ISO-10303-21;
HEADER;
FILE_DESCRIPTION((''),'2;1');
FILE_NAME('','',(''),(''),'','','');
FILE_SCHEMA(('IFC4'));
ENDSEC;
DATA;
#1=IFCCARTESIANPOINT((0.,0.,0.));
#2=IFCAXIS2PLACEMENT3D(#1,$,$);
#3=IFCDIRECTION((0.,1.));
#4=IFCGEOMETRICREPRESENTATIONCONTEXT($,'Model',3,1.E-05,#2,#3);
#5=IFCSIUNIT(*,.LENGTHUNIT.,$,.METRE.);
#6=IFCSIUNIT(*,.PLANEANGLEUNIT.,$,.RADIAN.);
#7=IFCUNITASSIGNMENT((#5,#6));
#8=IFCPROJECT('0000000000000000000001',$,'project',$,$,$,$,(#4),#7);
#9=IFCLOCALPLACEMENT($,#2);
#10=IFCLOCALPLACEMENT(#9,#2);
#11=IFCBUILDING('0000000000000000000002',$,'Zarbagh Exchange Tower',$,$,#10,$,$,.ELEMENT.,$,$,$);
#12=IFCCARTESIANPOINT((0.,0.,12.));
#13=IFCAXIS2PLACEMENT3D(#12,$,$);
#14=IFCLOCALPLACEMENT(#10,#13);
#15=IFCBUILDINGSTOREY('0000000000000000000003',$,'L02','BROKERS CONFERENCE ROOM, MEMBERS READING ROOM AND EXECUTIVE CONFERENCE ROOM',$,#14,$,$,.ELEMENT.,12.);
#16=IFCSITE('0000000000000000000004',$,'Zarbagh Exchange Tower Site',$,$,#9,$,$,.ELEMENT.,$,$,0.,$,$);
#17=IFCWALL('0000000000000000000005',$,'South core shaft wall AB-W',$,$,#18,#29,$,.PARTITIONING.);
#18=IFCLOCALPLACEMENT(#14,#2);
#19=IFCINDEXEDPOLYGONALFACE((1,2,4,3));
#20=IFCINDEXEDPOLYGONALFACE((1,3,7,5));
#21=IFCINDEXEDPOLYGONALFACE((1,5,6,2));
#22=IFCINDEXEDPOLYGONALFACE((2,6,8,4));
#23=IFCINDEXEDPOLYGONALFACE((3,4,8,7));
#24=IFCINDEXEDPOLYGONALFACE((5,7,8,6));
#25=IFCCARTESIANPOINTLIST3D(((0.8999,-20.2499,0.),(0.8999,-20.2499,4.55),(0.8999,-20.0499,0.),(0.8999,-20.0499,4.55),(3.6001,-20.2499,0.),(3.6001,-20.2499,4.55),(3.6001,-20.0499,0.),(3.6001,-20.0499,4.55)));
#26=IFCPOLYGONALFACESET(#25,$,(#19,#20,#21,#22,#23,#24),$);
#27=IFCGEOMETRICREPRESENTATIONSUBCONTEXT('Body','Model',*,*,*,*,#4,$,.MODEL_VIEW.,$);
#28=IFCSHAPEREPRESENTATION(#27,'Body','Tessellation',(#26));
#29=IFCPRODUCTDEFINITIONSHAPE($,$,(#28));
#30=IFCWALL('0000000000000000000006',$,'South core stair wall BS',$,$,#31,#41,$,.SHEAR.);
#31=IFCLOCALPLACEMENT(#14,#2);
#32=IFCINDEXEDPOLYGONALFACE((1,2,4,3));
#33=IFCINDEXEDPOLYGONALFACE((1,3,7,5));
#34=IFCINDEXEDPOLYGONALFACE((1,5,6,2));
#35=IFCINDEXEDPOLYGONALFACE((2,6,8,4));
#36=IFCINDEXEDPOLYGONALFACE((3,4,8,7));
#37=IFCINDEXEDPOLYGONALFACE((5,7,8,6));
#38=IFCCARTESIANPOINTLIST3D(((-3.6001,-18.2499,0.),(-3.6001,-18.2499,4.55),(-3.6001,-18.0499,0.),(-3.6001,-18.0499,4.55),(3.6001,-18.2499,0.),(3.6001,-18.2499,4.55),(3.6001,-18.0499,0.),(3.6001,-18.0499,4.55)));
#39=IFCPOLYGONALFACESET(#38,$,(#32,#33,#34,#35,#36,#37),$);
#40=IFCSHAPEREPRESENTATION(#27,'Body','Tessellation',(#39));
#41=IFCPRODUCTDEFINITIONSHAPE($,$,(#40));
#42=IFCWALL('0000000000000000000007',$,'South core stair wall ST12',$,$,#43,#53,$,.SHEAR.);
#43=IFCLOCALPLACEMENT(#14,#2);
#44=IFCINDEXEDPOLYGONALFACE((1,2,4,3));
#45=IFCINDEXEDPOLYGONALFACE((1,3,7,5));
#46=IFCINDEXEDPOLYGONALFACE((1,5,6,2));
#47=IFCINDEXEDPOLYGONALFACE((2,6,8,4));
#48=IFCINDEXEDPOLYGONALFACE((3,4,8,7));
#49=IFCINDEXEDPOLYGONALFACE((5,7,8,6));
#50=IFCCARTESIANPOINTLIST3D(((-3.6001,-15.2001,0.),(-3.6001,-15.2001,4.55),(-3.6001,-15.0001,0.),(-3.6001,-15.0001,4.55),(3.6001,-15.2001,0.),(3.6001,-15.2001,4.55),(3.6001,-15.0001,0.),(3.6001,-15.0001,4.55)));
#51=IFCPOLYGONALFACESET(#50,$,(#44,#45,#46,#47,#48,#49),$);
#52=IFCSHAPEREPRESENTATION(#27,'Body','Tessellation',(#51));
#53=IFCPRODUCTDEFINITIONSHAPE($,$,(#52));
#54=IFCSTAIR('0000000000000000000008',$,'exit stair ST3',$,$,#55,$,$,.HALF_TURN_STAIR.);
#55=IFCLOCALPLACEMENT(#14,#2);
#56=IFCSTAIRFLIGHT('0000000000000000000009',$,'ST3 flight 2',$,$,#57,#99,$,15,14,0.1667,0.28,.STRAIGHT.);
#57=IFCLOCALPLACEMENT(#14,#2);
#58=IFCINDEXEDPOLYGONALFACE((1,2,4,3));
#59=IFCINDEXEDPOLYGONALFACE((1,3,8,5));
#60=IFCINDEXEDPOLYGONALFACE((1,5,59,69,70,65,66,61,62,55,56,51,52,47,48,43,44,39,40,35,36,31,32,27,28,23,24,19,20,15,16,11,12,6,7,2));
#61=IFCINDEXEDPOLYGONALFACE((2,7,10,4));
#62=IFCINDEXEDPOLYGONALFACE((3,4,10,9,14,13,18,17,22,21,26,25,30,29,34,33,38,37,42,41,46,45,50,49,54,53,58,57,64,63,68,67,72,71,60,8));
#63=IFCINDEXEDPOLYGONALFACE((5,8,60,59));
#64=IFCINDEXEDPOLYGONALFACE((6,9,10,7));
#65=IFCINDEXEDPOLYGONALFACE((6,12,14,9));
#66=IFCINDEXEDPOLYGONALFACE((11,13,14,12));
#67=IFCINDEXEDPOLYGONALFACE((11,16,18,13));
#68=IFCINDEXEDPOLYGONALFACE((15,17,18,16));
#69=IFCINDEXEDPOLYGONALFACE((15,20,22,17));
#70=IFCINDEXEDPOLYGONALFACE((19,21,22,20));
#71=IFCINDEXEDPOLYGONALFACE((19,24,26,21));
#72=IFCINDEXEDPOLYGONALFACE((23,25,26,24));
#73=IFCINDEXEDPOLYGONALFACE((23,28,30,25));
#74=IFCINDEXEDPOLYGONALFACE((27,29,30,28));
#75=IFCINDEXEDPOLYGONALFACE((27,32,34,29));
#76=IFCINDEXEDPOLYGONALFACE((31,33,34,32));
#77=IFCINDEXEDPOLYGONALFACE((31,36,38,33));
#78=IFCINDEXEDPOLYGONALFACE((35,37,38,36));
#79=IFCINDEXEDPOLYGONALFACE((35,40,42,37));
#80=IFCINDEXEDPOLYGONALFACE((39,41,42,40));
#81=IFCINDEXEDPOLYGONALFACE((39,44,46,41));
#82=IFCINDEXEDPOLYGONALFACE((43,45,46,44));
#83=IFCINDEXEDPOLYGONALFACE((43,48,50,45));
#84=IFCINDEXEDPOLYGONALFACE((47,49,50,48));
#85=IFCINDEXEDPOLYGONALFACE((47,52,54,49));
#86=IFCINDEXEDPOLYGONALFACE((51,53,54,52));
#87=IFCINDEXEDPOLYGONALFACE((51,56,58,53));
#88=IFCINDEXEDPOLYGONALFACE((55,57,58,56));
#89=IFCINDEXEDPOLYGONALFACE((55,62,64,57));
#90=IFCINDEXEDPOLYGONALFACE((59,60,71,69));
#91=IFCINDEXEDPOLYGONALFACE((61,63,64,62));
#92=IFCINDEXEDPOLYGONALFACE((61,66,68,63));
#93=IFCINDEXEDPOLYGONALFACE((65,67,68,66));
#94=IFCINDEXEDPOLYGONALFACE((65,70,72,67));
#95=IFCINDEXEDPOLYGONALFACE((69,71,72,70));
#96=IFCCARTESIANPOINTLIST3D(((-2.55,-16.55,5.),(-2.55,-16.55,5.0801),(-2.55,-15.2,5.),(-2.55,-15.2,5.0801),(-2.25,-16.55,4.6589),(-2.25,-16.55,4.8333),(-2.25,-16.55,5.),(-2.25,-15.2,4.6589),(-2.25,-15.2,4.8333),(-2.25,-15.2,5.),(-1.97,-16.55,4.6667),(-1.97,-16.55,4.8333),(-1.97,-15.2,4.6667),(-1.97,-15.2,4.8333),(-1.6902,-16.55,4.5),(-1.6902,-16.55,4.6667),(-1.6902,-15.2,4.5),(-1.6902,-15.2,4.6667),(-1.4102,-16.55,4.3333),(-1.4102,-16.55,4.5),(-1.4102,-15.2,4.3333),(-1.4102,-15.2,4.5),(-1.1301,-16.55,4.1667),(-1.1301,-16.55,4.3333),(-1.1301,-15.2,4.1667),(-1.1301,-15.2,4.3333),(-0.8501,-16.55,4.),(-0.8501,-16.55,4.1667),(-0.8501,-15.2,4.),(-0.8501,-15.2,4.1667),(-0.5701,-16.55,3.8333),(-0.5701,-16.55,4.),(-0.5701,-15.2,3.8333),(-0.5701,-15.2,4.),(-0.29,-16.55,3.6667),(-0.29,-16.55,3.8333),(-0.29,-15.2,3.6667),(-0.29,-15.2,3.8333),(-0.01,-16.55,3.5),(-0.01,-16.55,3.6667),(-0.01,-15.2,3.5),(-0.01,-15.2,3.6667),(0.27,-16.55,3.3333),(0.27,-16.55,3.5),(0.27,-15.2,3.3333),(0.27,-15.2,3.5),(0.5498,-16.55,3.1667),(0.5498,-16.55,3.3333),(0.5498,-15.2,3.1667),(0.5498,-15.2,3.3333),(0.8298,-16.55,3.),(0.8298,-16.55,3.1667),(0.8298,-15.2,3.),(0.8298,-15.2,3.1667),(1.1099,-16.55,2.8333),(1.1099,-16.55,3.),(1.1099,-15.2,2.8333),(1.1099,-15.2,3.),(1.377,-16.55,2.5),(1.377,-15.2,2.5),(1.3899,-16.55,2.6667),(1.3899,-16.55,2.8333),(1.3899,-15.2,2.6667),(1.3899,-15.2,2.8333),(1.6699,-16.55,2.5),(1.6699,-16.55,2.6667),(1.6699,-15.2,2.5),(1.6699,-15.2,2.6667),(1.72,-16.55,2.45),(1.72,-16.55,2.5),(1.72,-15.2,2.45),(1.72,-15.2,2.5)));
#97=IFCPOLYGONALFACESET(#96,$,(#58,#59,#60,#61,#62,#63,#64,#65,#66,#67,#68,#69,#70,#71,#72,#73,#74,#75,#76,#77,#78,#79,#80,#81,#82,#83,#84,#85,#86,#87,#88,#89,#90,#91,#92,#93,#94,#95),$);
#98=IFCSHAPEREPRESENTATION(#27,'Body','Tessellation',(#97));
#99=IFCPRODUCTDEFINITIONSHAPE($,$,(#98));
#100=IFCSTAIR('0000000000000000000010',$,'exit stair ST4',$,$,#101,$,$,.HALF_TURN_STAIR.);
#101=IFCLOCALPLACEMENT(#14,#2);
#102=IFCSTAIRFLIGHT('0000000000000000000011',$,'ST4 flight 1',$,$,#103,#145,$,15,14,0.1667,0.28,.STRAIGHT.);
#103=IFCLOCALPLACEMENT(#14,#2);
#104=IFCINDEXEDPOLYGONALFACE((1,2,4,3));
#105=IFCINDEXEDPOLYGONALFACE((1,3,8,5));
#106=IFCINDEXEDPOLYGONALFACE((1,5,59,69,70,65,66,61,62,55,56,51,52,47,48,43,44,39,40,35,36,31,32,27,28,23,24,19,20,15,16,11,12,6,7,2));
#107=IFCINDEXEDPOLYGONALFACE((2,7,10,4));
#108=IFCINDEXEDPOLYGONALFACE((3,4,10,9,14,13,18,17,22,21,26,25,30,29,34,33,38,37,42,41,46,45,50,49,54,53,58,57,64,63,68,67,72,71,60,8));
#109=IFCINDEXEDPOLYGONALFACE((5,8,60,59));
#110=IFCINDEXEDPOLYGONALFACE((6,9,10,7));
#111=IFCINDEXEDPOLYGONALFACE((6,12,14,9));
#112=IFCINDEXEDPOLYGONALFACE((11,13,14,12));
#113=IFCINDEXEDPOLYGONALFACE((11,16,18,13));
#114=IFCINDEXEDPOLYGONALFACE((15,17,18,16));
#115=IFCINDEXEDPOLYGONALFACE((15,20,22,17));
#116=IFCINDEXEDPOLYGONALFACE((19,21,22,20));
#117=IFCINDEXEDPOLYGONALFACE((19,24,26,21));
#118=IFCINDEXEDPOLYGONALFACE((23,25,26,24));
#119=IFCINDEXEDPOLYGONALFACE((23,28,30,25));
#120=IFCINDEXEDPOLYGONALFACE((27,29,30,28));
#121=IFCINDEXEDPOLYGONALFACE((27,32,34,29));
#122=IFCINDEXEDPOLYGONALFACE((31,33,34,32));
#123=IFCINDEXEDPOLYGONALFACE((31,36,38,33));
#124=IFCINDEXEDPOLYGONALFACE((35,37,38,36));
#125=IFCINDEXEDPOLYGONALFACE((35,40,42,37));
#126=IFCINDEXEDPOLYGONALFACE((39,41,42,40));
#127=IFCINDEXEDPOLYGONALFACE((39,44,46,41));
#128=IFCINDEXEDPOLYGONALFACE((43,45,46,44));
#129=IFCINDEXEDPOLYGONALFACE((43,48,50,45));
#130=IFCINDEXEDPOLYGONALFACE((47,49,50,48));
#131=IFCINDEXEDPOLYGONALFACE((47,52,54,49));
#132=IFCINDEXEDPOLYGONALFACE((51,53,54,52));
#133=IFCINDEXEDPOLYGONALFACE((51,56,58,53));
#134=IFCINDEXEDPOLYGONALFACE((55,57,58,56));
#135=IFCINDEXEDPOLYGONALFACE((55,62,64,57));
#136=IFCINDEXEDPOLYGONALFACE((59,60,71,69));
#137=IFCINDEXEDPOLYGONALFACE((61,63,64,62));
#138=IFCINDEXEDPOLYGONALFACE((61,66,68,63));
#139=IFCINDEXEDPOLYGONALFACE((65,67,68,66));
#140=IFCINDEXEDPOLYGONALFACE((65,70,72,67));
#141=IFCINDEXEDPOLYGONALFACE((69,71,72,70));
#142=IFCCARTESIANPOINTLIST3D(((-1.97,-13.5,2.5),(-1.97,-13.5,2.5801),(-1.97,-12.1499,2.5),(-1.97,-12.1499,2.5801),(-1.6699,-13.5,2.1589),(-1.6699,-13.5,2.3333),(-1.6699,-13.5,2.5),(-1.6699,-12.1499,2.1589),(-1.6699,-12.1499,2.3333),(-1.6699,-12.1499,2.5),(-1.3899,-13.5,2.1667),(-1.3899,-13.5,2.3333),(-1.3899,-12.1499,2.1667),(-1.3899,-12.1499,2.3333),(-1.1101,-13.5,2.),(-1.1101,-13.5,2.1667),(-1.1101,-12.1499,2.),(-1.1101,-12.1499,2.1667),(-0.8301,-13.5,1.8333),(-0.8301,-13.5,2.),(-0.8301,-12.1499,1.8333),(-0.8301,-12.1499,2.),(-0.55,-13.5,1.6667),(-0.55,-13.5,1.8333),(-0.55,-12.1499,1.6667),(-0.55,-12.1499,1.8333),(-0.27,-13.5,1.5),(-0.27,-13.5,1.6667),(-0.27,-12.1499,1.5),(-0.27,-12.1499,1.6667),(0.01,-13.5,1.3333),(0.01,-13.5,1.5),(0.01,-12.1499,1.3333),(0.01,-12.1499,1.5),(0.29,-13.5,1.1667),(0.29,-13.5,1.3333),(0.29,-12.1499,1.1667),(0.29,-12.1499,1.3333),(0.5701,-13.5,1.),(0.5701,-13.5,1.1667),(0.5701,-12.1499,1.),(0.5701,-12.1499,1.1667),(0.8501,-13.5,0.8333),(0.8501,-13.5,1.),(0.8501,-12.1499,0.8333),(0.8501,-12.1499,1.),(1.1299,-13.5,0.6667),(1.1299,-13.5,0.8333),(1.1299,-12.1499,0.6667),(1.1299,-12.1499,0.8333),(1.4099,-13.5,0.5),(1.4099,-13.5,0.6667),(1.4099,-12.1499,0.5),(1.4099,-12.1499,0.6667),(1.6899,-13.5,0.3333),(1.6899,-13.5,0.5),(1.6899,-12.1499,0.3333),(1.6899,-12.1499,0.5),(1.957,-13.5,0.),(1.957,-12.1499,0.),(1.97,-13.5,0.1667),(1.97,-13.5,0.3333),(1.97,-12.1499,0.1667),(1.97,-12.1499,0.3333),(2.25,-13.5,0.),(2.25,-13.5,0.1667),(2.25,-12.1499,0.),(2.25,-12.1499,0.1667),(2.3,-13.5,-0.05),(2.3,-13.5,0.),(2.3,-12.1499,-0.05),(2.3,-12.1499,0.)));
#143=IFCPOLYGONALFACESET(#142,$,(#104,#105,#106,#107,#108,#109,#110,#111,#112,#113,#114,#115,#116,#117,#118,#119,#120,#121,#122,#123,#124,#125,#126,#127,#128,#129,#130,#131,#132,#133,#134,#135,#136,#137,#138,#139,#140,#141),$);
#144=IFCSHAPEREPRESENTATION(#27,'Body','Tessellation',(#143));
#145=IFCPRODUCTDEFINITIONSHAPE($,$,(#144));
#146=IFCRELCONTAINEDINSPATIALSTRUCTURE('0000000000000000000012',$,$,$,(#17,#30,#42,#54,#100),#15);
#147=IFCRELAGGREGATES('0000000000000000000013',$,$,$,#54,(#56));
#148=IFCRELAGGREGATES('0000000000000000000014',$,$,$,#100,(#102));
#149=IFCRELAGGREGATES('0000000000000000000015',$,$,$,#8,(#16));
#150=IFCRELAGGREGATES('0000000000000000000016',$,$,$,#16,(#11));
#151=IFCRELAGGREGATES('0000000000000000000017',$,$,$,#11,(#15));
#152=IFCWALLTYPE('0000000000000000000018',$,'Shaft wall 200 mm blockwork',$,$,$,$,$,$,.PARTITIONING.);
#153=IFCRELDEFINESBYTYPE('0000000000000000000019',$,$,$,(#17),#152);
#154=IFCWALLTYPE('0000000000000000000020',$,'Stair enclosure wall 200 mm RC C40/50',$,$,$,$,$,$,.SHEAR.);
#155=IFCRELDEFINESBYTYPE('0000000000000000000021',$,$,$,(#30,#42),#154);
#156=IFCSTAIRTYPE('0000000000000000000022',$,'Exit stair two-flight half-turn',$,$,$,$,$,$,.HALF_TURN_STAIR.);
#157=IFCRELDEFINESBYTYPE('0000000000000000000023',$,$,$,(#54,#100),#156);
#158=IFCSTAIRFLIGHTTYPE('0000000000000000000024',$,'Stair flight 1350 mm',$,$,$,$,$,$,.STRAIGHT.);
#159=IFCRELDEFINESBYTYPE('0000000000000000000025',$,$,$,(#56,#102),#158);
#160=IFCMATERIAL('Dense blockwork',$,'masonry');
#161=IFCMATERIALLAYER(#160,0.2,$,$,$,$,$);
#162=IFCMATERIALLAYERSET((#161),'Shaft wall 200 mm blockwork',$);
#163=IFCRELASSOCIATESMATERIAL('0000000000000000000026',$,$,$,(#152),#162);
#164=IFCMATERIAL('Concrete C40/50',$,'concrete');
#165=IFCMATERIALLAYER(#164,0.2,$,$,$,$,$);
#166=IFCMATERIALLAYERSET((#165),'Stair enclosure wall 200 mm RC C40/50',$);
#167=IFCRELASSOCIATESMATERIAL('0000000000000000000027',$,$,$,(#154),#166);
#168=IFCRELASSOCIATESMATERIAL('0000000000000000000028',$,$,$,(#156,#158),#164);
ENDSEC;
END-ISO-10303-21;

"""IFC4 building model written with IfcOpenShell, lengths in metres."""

from ifc_helpers import new_model, si_unit, direction, frame, frame_2d, origin, place, context, subcontext, project, spatial, polyline, rectangle, outline, extrude, material, layer, layer_set, type_object, element, aggregate, save


model = new_model("IFC4")

# Units and contexts
model_context = context("Model", 3, precision=1e-05, world=origin(), true_north=direction((0.0, 1.0)))
body_context = subcontext(model_context, "Body", "Model", "MODEL_VIEW")
ifc_project = project(units=[si_unit("LENGTHUNIT", "METRE"), si_unit("PLANEANGLEUNIT", "RADIAN")], contexts=[model_context])

# Site, building, storey
site_placement = place(None, origin())
site = spatial("IfcSite", under=ifc_project, at=site_placement, Name="Zarbagh Exchange Tower Site", CompositionType="ELEMENT", RefElevation=0.0)
building_placement = place(site_placement, origin())
building = spatial("IfcBuilding", under=site, at=building_placement, Name="Zarbagh Exchange Tower", CompositionType="ELEMENT")
storey_placement = place(building_placement, frame((0.0, 0.0, 12.0)))
storey = spatial("IfcBuildingStorey", under=building, at=storey_placement, Name="L02", Description="BROKERS CONFERENCE ROOM, MEMBERS READING ROOM AND EXECUTIVE CONFERENCE ROOM", CompositionType="ELEMENT", Elevation=12.0)

# Walls
ifc_material_1 = material(Name="Dense blockwork", Category="masonry")
ifc_layer_1 = layer(ifc_material_1, 0.2)
ifc_layer_set_1 = layer_set([ifc_layer_1], Name="Shaft wall 200 mm blockwork")
wall_type_1 = type_object("IfcWallType", Name="Shaft wall 200 mm blockwork", PredefinedType="PARTITIONING", material=ifc_layer_set_1)
wall_1_placement = place(storey_placement, frame((3.6001, -20.1499, 0.0), z_axis=(0.0, 0.0, 1.0), x_axis=(-1.0, 0.0, 0.0)))
element("IfcWall", 1, at=wall_1_placement, inside=storey, type_object=wall_type_1, Name="South core shaft wall AB-W", PredefinedType="PARTITIONING", context=body_context, shape_type="SweptSolid", body=[
    extrude(rectangle(XDim=2.7002, YDim=0.2, at=frame_2d((1.3501, 0.0))), origin(), (0.0, 0.0, 1.0), 4.55),
])
ifc_material_2 = material(Name="Concrete C40/50", Category="concrete")
ifc_layer_2 = layer(ifc_material_2, 0.2)
ifc_layer_set_2 = layer_set([ifc_layer_2], Name="Stair enclosure wall 200 mm RC C40/50")
wall_type_2 = type_object("IfcWallType", Name="Stair enclosure wall 200 mm RC C40/50", PredefinedType="SHEAR", material=ifc_layer_set_2)
for number, where, z_axis, x_axis, name in (
    (2, (3.6001, -18.1499, 0.0), (0.0, 0.0, 1.0), (-1.0, 0.0, 0.0), "South core stair wall BS"),
    (3, (3.6001, -15.1001, 0.0), (0.0, 0.0, 1.0), (-1.0, 0.0, 0.0), "South core stair wall ST12"),
):
    element("IfcWall", number, at=place(storey_placement, frame(where, z_axis=z_axis, x_axis=x_axis)), inside=storey, type_object=wall_type_2, Name=name, PredefinedType="SHEAR", context=body_context, shape_type="SweptSolid", body=[
        extrude(rectangle(XDim=7.2002, YDim=0.2, at=frame_2d((3.6001, 0.0))), origin(), (0.0, 0.0, 1.0), 4.55),
    ])

# Stairs, stair flights
stair_type = type_object("IfcStairType", Name="Exit stair two-flight half-turn", PredefinedType="HALF_TURN_STAIR", material=ifc_material_2)
stair_1_placement = place(storey_placement, origin())
stair_1 = element("IfcStair", 4, at=stair_1_placement, inside=storey, type_object=stair_type, Name="exit stair ST3", PredefinedType="HALF_TURN_STAIR")
stair_flight_type = type_object("IfcStairFlightType", Name="Stair flight 1350 mm", PredefinedType="STRAIGHT", material=ifc_material_2)
stair_flight_1_placement = place(storey_placement, frame((1.6699, -15.875, 2.5), z_axis=(0.0, 0.0, 1.0), x_axis=(-1.0, 0.0, 0.0)))
stair_flight_1 = element("IfcStairFlight", 5, at=stair_flight_1_placement, type_object=stair_flight_type, Name="ST3 flight 2", NumberOfRisers=15, NumberOfTreads=14, PredefinedType="STRAIGHT", RiserHeight=0.1667, TreadLength=0.28, context=body_context, shape_type="SweptSolid", body=[
    extrude(outline(polyline([(-0.05, -0.05), (-0.05, 0.0), (0.0, 0.0), (0.0, 0.1667), (0.28, 0.1667), (0.28, 0.3333), (0.5601, 0.3333), (0.5601, 0.5), (0.8401, 0.5), (0.8401, 0.6667), (1.1201, 0.6667), (1.1201, 0.8333), (1.3999, 0.8333), (1.3999, 1.0), (1.6799, 1.0), (1.6799, 1.1667), (1.96, 1.1667), (1.96, 1.3333), (2.24, 1.3333), (2.24, 1.5), (2.52, 1.5), (2.52, 1.6667), (2.8, 1.6667), (2.8, 1.8333), (3.0801, 1.8333), (3.0801, 2.0), (3.3601, 2.0), (3.3601, 2.1667), (3.6399, 2.1667), (3.6399, 2.3333), (3.9199, 2.3333), (3.9199, 2.5), (4.22, 2.5801), (4.22, 2.5), (3.9199, 2.1589), (0.293, 0.0), (-0.05, -0.05)])), frame((0.0, 0.675, 0.0), z_axis=(0.0, -1.0, 0.0), x_axis=(1.0, 0.0, 0.0)), (0.0, 0.0, 1.0), 1.3501),
])
aggregate(stair_1, [stair_flight_1])
stair_2_placement = place(storey_placement, origin())
stair_2 = element("IfcStair", 6, at=stair_2_placement, inside=storey, type_object=stair_type, Name="exit stair ST4", PredefinedType="HALF_TURN_STAIR")
stair_flight_2_placement = place(storey_placement, frame((2.25, -12.825, 0.0), z_axis=(0.0, 0.0, 1.0), x_axis=(-1.0, 0.0, 0.0)))
stair_flight_2 = element("IfcStairFlight", 7, at=stair_flight_2_placement, type_object=stair_flight_type, Name="ST4 flight 1", NumberOfRisers=15, NumberOfTreads=14, PredefinedType="STRAIGHT", RiserHeight=0.1667, TreadLength=0.28, context=body_context, shape_type="SweptSolid", body=[
    extrude(outline(polyline([(-0.05, -0.05), (-0.05, 0.0), (0.0, 0.0), (0.0, 0.1667), (0.28, 0.1667), (0.28, 0.3333), (0.5601, 0.3333), (0.5601, 0.5), (0.8401, 0.5), (0.8401, 0.6667), (1.1201, 0.6667), (1.1201, 0.8333), (1.3999, 0.8333), (1.3999, 1.0), (1.6799, 1.0), (1.6799, 1.1667), (1.96, 1.1667), (1.96, 1.3333), (2.24, 1.3333), (2.24, 1.5), (2.52, 1.5), (2.52, 1.6667), (2.8, 1.6667), (2.8, 1.8333), (3.0801, 1.8333), (3.0801, 2.0), (3.3601, 2.0), (3.3601, 2.1667), (3.6399, 2.1667), (3.6399, 2.3333), (3.9199, 2.3333), (3.9199, 2.5), (4.22, 2.5801), (4.22, 2.5), (3.9199, 2.1589), (0.293, 0.0), (-0.05, -0.05)])), frame((0.0, 0.675, 0.0), z_axis=(0.0, -1.0, 0.0), x_axis=(1.0, 0.0, 0.0)), (0.0, 0.0, 1.0), 1.3501),
])
aggregate(stair_2, [stair_flight_2])

save(model, "model.ifc")
